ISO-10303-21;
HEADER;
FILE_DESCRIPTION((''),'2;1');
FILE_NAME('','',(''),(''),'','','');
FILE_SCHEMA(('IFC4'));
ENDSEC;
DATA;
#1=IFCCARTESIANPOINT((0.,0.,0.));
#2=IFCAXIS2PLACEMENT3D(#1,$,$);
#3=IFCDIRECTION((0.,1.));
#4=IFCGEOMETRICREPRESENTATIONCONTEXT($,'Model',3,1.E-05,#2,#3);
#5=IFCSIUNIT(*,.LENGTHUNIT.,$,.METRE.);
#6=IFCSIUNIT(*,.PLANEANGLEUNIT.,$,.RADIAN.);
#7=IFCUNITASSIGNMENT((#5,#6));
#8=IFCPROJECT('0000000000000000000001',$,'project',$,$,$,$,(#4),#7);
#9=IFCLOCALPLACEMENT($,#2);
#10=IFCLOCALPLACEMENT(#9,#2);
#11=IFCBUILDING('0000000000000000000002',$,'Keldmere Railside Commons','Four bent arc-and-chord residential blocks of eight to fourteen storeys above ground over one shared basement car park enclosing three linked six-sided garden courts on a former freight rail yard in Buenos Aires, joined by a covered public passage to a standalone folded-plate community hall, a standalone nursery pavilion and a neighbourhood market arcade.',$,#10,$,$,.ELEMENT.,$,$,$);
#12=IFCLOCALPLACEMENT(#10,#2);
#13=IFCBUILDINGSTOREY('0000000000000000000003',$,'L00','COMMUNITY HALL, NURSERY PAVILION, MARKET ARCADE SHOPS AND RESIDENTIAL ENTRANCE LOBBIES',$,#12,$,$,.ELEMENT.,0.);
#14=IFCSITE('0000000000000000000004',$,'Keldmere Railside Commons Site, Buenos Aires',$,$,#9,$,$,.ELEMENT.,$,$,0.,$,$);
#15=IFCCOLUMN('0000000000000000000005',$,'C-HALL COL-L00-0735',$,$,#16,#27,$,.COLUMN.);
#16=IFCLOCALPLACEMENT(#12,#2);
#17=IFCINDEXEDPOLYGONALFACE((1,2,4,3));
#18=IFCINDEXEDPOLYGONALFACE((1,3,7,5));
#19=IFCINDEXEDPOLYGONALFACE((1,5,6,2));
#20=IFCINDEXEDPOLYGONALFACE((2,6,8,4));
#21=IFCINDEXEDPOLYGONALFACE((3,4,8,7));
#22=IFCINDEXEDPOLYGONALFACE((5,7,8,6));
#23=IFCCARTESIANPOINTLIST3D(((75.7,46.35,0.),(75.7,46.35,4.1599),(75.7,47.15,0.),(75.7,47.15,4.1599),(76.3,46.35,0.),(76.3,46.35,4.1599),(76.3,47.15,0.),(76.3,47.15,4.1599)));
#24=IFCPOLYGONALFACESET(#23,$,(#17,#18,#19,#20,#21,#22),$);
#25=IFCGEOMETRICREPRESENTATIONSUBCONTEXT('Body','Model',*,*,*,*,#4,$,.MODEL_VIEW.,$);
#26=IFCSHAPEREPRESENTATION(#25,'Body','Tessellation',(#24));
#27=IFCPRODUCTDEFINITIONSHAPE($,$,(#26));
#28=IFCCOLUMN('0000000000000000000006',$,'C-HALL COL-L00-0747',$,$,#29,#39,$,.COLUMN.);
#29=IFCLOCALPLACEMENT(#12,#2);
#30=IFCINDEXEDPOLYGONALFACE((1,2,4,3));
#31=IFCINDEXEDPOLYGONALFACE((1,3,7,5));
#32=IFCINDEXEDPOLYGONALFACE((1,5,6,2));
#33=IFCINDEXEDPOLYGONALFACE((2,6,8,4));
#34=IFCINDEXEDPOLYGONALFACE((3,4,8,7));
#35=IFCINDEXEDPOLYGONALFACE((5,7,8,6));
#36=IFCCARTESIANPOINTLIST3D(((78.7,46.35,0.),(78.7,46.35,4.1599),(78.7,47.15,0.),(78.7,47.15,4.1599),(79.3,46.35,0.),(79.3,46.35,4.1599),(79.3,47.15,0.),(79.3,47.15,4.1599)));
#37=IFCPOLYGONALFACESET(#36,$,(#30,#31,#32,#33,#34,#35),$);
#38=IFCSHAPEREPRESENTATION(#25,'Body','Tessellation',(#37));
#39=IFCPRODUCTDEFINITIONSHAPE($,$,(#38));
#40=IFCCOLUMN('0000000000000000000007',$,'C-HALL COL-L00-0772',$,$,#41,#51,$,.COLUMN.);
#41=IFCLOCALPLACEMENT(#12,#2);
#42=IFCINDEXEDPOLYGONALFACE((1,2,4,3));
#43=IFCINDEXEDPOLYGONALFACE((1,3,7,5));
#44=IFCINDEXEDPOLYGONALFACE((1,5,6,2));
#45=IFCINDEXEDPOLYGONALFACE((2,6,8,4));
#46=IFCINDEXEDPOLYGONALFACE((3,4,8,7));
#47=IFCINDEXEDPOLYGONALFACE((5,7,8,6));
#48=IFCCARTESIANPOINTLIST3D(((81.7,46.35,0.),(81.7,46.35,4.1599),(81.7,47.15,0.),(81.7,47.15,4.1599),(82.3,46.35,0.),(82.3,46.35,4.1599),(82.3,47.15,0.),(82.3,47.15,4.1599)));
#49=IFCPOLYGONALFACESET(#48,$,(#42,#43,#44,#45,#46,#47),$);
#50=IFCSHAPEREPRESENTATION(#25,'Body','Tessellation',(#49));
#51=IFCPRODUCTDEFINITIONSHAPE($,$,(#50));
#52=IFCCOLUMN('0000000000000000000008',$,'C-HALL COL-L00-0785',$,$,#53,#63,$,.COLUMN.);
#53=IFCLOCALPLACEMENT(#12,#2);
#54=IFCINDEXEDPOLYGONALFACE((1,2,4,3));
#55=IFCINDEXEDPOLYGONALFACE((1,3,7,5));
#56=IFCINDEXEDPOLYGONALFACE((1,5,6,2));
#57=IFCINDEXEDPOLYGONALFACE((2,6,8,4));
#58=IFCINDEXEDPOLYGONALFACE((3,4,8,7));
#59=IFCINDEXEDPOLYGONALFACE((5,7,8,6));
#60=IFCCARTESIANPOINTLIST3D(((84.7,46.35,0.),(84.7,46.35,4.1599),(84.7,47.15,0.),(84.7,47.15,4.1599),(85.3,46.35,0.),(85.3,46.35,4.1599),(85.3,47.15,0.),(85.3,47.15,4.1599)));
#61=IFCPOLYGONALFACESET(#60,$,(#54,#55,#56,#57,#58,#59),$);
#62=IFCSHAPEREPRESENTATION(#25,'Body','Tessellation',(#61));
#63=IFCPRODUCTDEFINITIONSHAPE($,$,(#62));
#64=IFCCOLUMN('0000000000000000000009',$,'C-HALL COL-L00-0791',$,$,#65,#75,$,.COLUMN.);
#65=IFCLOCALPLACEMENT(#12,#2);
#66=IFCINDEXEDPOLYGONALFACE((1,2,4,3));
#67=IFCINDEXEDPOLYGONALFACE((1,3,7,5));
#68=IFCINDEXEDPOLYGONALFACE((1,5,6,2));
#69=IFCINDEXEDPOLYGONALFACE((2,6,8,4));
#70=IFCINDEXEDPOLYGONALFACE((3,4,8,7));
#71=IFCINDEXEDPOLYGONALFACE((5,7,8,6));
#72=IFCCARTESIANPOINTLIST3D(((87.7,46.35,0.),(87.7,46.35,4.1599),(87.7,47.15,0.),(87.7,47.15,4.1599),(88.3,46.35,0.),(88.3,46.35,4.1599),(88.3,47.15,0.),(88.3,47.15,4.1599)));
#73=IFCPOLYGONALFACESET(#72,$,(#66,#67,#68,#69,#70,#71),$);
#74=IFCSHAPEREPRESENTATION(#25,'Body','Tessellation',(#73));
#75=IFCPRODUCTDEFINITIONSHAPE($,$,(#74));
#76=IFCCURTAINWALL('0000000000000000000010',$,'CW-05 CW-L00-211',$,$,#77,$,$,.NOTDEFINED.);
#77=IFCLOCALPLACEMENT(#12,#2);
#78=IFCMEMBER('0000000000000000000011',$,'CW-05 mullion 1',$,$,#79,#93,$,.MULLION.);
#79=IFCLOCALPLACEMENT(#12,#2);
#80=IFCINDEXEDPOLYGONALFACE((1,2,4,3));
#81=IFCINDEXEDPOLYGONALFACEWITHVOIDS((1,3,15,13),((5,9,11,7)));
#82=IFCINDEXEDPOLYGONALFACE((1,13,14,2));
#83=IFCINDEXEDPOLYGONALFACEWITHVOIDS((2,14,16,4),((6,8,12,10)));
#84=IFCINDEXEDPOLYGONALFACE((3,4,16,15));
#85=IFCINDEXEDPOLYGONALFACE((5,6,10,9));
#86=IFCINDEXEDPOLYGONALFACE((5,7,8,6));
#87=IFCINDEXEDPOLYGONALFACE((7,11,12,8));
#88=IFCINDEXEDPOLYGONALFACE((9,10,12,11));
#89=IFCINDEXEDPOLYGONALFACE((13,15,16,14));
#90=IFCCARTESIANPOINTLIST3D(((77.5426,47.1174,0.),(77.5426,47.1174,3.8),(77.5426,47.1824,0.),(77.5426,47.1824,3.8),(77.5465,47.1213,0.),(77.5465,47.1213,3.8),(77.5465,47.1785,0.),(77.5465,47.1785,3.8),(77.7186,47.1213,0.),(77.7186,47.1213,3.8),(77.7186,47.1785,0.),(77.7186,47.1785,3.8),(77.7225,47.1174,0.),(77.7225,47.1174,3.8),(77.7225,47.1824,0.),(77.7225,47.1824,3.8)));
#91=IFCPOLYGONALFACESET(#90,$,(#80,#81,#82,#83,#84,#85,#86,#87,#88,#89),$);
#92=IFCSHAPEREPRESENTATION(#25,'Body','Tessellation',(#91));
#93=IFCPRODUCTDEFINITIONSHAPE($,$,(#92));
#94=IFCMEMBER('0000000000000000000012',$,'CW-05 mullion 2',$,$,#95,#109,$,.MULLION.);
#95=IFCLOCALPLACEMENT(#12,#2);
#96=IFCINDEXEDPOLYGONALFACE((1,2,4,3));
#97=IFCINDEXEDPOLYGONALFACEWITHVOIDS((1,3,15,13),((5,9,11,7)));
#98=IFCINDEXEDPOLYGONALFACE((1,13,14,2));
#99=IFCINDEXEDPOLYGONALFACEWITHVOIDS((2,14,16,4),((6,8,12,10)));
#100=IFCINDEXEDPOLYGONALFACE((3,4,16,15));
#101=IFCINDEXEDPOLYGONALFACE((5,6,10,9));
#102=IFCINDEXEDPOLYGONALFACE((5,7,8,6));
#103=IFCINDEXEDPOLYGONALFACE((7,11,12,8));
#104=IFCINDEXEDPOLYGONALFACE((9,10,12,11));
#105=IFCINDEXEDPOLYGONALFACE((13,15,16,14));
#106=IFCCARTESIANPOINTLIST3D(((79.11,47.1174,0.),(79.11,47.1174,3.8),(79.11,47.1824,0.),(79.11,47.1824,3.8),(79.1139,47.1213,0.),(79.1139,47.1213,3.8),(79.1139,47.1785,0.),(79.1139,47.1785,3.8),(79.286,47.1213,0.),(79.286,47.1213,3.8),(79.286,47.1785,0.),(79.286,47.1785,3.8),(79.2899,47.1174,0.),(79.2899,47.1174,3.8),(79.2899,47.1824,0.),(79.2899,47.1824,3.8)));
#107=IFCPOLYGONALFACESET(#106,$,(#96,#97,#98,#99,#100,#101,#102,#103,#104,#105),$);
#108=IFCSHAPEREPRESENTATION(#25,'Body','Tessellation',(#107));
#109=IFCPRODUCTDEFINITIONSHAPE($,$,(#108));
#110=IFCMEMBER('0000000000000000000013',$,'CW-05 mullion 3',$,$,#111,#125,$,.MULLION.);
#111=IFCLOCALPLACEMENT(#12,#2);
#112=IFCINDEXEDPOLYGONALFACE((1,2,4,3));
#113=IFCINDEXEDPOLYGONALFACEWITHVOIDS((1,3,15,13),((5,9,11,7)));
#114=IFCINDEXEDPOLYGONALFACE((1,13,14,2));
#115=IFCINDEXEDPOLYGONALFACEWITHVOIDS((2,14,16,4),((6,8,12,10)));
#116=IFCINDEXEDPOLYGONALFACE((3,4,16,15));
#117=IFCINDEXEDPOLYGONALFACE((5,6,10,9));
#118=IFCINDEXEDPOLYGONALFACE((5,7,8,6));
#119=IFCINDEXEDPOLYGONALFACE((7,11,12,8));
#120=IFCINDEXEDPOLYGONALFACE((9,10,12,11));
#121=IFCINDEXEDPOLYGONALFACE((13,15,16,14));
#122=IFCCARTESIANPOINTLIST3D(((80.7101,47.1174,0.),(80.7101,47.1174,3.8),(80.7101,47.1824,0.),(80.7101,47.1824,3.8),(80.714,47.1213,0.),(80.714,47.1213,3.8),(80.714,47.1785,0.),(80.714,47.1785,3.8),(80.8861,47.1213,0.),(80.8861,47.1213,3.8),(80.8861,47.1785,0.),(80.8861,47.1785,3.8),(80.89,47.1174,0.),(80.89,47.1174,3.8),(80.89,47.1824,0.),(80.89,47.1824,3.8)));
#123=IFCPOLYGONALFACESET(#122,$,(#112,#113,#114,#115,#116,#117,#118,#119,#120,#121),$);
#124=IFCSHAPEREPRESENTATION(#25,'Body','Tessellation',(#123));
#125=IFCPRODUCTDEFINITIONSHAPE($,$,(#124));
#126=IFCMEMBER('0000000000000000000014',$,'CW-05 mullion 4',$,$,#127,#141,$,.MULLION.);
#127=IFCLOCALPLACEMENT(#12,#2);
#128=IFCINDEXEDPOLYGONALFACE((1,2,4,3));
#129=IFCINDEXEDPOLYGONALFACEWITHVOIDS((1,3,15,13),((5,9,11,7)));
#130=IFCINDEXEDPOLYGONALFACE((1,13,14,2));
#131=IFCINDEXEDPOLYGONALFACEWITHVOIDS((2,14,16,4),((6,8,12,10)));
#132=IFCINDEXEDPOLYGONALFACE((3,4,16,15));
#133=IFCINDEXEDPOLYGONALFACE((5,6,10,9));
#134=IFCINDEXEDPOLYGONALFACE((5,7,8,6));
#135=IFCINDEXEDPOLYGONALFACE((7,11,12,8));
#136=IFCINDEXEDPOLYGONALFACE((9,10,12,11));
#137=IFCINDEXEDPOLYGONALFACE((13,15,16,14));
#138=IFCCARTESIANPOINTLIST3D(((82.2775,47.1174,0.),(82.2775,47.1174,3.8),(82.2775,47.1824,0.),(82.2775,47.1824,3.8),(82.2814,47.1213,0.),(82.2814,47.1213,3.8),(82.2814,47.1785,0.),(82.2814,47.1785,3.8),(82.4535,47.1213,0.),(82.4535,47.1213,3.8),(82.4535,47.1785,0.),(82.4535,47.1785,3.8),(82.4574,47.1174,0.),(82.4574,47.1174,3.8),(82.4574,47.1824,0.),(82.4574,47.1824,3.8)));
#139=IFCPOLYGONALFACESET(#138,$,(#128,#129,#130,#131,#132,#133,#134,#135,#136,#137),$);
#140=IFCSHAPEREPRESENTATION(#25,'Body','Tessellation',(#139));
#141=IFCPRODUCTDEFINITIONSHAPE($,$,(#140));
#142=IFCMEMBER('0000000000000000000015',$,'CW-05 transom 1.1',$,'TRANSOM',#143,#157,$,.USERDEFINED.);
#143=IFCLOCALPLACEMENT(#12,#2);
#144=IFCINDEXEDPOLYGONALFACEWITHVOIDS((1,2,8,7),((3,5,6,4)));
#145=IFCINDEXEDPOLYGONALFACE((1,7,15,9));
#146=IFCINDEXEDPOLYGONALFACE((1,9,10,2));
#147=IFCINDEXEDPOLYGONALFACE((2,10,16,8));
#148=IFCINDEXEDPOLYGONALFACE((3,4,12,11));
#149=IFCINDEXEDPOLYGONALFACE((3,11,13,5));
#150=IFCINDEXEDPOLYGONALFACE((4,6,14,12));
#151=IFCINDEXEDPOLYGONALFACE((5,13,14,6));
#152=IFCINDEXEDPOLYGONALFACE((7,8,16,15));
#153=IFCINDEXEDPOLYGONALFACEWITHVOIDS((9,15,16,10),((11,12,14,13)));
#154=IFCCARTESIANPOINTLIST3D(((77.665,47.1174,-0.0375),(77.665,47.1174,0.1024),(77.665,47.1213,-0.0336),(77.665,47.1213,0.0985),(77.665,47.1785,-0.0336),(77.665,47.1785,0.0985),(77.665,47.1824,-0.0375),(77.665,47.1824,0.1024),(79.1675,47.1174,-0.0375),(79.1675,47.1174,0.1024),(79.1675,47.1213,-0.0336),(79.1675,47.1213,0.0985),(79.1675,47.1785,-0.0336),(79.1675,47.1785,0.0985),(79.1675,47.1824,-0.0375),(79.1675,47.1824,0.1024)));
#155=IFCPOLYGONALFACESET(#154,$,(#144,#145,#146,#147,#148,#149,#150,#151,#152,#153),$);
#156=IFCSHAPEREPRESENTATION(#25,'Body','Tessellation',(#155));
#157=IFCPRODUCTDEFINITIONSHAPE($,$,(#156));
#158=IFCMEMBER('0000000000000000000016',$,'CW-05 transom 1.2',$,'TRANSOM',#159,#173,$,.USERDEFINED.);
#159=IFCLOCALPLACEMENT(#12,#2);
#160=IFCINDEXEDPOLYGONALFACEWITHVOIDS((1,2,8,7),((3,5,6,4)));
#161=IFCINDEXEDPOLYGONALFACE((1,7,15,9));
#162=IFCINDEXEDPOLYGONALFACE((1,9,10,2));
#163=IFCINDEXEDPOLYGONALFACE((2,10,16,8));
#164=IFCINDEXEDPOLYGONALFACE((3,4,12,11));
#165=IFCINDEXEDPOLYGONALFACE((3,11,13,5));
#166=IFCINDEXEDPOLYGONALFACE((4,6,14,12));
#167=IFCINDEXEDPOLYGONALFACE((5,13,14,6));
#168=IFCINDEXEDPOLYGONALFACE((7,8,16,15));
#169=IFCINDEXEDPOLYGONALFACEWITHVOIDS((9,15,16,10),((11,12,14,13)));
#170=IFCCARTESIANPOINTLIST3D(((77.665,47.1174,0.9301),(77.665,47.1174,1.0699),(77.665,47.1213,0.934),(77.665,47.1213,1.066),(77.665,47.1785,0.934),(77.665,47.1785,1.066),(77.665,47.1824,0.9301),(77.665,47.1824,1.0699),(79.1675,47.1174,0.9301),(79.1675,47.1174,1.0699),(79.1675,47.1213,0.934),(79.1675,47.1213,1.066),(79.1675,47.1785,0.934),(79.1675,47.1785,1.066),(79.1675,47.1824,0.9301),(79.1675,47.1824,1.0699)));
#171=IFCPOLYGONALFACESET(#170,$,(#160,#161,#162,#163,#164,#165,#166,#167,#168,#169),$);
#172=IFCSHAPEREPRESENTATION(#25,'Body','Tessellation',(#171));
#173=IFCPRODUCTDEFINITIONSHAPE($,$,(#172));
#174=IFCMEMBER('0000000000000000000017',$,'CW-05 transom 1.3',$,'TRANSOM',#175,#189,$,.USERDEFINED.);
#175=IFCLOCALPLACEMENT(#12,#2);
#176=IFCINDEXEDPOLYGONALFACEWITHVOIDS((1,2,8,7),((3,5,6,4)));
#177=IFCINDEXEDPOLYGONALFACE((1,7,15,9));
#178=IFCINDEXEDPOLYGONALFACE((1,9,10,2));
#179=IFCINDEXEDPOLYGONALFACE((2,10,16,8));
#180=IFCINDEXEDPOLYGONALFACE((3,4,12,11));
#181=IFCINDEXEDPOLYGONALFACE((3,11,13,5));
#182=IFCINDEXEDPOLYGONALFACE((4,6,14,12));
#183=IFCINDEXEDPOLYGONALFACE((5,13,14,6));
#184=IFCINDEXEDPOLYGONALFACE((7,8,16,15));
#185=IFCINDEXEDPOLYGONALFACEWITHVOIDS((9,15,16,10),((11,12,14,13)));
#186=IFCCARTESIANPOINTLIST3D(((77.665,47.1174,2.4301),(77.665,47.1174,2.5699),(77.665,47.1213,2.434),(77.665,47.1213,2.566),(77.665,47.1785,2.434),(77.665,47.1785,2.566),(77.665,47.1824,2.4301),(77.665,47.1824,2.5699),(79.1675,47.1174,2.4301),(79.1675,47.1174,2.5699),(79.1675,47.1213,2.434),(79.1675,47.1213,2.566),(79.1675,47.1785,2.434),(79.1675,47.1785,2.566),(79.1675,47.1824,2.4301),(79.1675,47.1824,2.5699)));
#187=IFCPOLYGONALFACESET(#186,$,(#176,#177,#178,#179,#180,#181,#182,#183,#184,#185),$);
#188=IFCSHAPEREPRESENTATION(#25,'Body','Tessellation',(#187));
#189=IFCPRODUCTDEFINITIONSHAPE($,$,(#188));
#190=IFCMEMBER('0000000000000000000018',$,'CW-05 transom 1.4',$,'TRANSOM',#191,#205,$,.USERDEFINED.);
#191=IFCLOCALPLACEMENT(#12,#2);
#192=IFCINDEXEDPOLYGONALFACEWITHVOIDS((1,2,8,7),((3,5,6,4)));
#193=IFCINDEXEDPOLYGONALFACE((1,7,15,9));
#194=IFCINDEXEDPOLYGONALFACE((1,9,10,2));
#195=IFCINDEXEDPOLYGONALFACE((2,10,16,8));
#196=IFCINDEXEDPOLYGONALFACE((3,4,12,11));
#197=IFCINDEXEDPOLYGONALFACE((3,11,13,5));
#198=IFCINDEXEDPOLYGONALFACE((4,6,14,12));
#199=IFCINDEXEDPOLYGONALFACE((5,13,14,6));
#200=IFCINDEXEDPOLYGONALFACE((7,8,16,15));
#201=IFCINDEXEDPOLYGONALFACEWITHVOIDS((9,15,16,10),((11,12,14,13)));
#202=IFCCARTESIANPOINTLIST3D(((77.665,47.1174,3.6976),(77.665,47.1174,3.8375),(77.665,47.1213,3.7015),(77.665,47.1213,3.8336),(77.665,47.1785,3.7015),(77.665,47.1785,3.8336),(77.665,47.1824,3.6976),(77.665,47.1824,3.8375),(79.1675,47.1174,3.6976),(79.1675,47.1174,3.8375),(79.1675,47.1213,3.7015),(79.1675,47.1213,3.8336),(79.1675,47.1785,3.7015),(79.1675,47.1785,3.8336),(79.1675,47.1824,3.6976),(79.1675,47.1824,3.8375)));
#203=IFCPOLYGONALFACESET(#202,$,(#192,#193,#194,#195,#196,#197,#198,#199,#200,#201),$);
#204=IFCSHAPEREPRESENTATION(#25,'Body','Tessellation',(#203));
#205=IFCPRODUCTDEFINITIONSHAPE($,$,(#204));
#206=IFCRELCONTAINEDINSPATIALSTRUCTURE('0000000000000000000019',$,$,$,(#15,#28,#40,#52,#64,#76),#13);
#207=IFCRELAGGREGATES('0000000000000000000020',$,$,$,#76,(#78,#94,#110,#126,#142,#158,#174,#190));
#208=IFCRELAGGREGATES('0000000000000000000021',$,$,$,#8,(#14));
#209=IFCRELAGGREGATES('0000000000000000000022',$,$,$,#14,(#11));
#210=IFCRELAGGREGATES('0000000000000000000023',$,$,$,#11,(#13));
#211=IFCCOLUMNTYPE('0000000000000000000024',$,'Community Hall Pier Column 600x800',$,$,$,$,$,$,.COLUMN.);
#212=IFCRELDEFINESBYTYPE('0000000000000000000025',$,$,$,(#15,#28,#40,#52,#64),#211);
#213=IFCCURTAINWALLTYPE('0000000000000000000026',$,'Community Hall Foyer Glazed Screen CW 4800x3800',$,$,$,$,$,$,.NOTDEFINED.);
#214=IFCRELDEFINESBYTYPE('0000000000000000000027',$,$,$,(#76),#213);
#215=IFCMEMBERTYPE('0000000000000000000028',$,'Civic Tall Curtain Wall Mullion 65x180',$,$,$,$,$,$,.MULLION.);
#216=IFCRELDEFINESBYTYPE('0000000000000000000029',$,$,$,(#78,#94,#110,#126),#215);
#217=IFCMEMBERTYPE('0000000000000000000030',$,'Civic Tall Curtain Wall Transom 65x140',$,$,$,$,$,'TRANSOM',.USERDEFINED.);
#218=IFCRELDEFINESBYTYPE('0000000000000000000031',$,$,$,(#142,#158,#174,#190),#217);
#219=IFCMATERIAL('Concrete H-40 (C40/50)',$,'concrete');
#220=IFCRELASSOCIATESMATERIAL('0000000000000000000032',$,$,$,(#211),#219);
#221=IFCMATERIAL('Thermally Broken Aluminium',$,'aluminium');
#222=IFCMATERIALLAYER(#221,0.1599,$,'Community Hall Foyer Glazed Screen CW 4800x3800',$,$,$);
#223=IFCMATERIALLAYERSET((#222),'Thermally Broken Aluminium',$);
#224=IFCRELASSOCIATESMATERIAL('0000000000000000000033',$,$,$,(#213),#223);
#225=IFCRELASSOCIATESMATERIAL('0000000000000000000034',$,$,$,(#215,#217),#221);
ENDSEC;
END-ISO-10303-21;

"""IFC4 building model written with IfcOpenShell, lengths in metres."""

from ifc_helpers import new_model, si_unit, direction, frame, origin, origin_2d, place, context, subcontext, project, spatial, rectangle, hollow_rectangle, extrude, material, layer, layer_set, material_profile, profile_set, type_object, element, aggregate, save


model = new_model("IFC4")

# Units and contexts
model_context = context("Model", 3, precision=1e-05, world=origin(), true_north=direction((0.0, 1.0)))
body_context = subcontext(model_context, "Body", "Model", "MODEL_VIEW")
ifc_project = project(units=[si_unit("LENGTHUNIT", "METRE"), si_unit("PLANEANGLEUNIT", "RADIAN")], contexts=[model_context])

# Site, building, storey
site_placement = place(None, origin())
site = spatial("IfcSite", under=ifc_project, at=site_placement, Name="Keldmere Railside Commons Site, Buenos Aires", CompositionType="ELEMENT", RefElevation=0.0)
building_placement = place(site_placement, origin())
building = spatial("IfcBuilding", under=site, at=building_placement, Name="Keldmere Railside Commons", Description="Four bent arc-and-chord residential blocks of eight to fourteen storeys above ground over one shared basement car park enclosing three linked six-sided garden courts on a former freight rail yard in Buenos Aires, joined by a covered public passage to a standalone folded-plate community hall, a standalone nursery pavilion and a neighbourhood market arcade.", CompositionType="ELEMENT")
storey_placement = place(building_placement, origin())
storey = spatial("IfcBuildingStorey", under=building, at=storey_placement, Name="L00", Description="COMMUNITY HALL, NURSERY PAVILION, MARKET ARCADE SHOPS AND RESIDENTIAL ENTRANCE LOBBIES", CompositionType="ELEMENT", Elevation=0.0)

# Columns
ifc_material_1 = material(Name="Concrete H-40 (C40/50)", Category="concrete")
ifc_material_profile_1 = material_profile(ifc_material_1, rectangle(XDim=0.6001, YDim=0.8, at=origin_2d()), Name="RC-600x800")
ifc_profile_set_1 = profile_set([ifc_material_profile_1], Name="Concrete H-40 (C40/50)")
column_type = type_object("IfcColumnType", Name="Community Hall Pier Column 600x800", PredefinedType="COLUMN", material=ifc_profile_set_1)
for number, where, z_axis, x_axis, name in (
    (1, (76.0, 46.75, 0.0), (0.0, 0.0, 1.0), (1.0, 0.0, 0.0), "C-HALL COL-L00-0735"),
    (2, (79.0, 46.75, 0.0), (0.0, 0.0, 1.0), (1.0, 0.0, 0.0), "C-HALL COL-L00-0747"),
    (3, (82.0, 46.75, 0.0), (0.0, 0.0, 1.0), (1.0, 0.0, 0.0), "C-HALL COL-L00-0772"),
    (4, (85.0, 46.75, 0.0), (0.0, 0.0, 1.0), (1.0, 0.0, 0.0), "C-HALL COL-L00-0785"),
    (5, (88.0, 46.75, 0.0), (0.0, 0.0, 1.0), (1.0, 0.0, 0.0), "C-HALL COL-L00-0791"),
):
    element("IfcColumn", number, at=place(storey_placement, frame(where, z_axis=z_axis, x_axis=x_axis)), inside=storey, type_object=column_type, Name=name, PredefinedType="COLUMN", context=body_context, shape_type="SweptSolid", body=[
        extrude(rectangle(XDim=0.6001, YDim=0.8, at=origin_2d()), origin(), (0.0, 0.0, 1.0), 4.1599),
    ])

# Curtain wall, members
ifc_material_2 = material(Name="Thermally Broken Aluminium", Category="aluminium")
ifc_layer_1 = layer(ifc_material_2, 0.1599, Name="Community Hall Foyer Glazed Screen CW 4800x3800")
ifc_layer_set_1 = layer_set([ifc_layer_1], Name="Thermally Broken Aluminium")
curtain_wall_type = type_object("IfcCurtainWallType", Name="Community Hall Foyer Glazed Screen CW 4800x3800", PredefinedType="NOTDEFINED", material=ifc_layer_set_1)
curtain_wall_placement = place(storey_placement, origin())
curtain_wall = element("IfcCurtainWall", 6, at=curtain_wall_placement, inside=storey, type_object=curtain_wall_type, Name="CW-05 CW-L00-211", PredefinedType="NOTDEFINED")
ifc_material_profile_2 = material_profile(ifc_material_2, hollow_rectangle(XDim=0.0649, YDim=0.1799, WallThickness=0.0039, at=origin_2d()), Name="ALU-MULL-65x180")
ifc_profile_set_2 = profile_set([ifc_material_profile_2], Name="Thermally Broken Aluminium")
member_type_1 = type_object("IfcMemberType", Name="Civic Tall Curtain Wall Mullion 65x180", PredefinedType="MULLION", material=ifc_profile_set_2)
member_1_placement = place(storey_placement, frame((77.6326, 47.1499, 0.0), z_axis=(0.0, 0.0, 1.0), x_axis=(0.0, 1.0, 0.0)))
member_1 = element("IfcMember", 7, at=member_1_placement, type_object=member_type_1, Name="CW-05 mullion 1", PredefinedType="MULLION", context=body_context, shape_type="SweptSolid", body=[
    extrude(hollow_rectangle(XDim=0.0649, YDim=0.1799, WallThickness=0.0039, at=origin_2d()), origin(), (0.0, 0.0, 1.0), 3.8),
])
member_2_placement = place(storey_placement, frame((79.2, 47.1499, 0.0), z_axis=(0.0, 0.0, 1.0), x_axis=(0.0, 1.0, 0.0)))
member_2 = element("IfcMember", 8, at=member_2_placement, type_object=member_type_1, Name="CW-05 mullion 2", PredefinedType="MULLION", context=body_context, shape_type="SweptSolid", body=[
    extrude(hollow_rectangle(XDim=0.0649, YDim=0.1799, WallThickness=0.0039, at=origin_2d()), origin(), (0.0, 0.0, 1.0), 3.8),
])
member_3_placement = place(storey_placement, frame((80.8, 47.1499, 0.0), z_axis=(0.0, 0.0, 1.0), x_axis=(0.0, 1.0, 0.0)))
member_3 = element("IfcMember", 9, at=member_3_placement, type_object=member_type_1, Name="CW-05 mullion 3", PredefinedType="MULLION", context=body_context, shape_type="SweptSolid", body=[
    extrude(hollow_rectangle(XDim=0.0649, YDim=0.1799, WallThickness=0.0039, at=origin_2d()), origin(), (0.0, 0.0, 1.0), 3.8),
])
member_4_placement = place(storey_placement, frame((82.3674, 47.1499, 0.0), z_axis=(0.0, 0.0, 1.0), x_axis=(0.0, 1.0, 0.0)))
member_4 = element("IfcMember", 10, at=member_4_placement, type_object=member_type_1, Name="CW-05 mullion 4", PredefinedType="MULLION", context=body_context, shape_type="SweptSolid", body=[
    extrude(hollow_rectangle(XDim=0.0649, YDim=0.1799, WallThickness=0.0039, at=origin_2d()), origin(), (0.0, 0.0, 1.0), 3.8),
])
ifc_material_profile_3 = material_profile(ifc_material_2, hollow_rectangle(XDim=0.0649, YDim=0.1399, WallThickness=0.0039, at=origin_2d()), Name="ALU-TRAN-65x140")
ifc_profile_set_3 = profile_set([ifc_material_profile_3], Name="Thermally Broken Aluminium")
member_type_2 = type_object("IfcMemberType", Name="Civic Tall Curtain Wall Transom 65x140", ElementType="TRANSOM", PredefinedType="USERDEFINED", material=ifc_profile_set_3)
member_5_placement = place(storey_placement, frame((77.665, 47.1499, 0.0325), z_axis=(1.0, 0.0, 0.0), x_axis=(0.0, 1.0, 0.0)))
member_5 = element("IfcMember", 11, at=member_5_placement, type_object=member_type_2, Name="CW-05 transom 1.1", ObjectType="TRANSOM", PredefinedType="USERDEFINED", context=body_context, shape_type="SweptSolid", body=[
    extrude(hollow_rectangle(XDim=0.0649, YDim=0.1399, WallThickness=0.0039, at=origin_2d()), origin(), (0.0, 0.0, 1.0), 1.5024),
])
member_6_placement = place(storey_placement, frame((77.665, 47.1499, 1.0), z_axis=(1.0, 0.0, 0.0), x_axis=(0.0, 1.0, 0.0)))
member_6 = element("IfcMember", 12, at=member_6_placement, type_object=member_type_2, Name="CW-05 transom 1.2", ObjectType="TRANSOM", PredefinedType="USERDEFINED", context=body_context, shape_type="SweptSolid", body=[
    extrude(hollow_rectangle(XDim=0.0649, YDim=0.1399, WallThickness=0.0039, at=origin_2d()), origin(), (0.0, 0.0, 1.0), 1.5024),
])
member_7_placement = place(storey_placement, frame((77.665, 47.1499, 2.5), z_axis=(1.0, 0.0, 0.0), x_axis=(0.0, 1.0, 0.0)))
member_7 = element("IfcMember", 13, at=member_7_placement, type_object=member_type_2, Name="CW-05 transom 1.3", ObjectType="TRANSOM", PredefinedType="USERDEFINED", context=body_context, shape_type="SweptSolid", body=[
    extrude(hollow_rectangle(XDim=0.0649, YDim=0.1399, WallThickness=0.0039, at=origin_2d()), origin(), (0.0, 0.0, 1.0), 1.5024),
])
member_8_placement = place(storey_placement, frame((77.665, 47.1499, 3.7676), z_axis=(1.0, 0.0, 0.0), x_axis=(0.0, 1.0, 0.0)))
member_8 = element("IfcMember", 14, at=member_8_placement, type_object=member_type_2, Name="CW-05 transom 1.4", ObjectType="TRANSOM", PredefinedType="USERDEFINED", context=body_context, shape_type="SweptSolid", body=[
    extrude(hollow_rectangle(XDim=0.0649, YDim=0.1399, WallThickness=0.0039, at=origin_2d()), origin(), (0.0, 0.0, 1.0), 1.5024),
])
aggregate(curtain_wall, [member_1, member_2, member_3, member_4, member_5, member_6, member_7, member_8])

save(model, "model.ifc")
